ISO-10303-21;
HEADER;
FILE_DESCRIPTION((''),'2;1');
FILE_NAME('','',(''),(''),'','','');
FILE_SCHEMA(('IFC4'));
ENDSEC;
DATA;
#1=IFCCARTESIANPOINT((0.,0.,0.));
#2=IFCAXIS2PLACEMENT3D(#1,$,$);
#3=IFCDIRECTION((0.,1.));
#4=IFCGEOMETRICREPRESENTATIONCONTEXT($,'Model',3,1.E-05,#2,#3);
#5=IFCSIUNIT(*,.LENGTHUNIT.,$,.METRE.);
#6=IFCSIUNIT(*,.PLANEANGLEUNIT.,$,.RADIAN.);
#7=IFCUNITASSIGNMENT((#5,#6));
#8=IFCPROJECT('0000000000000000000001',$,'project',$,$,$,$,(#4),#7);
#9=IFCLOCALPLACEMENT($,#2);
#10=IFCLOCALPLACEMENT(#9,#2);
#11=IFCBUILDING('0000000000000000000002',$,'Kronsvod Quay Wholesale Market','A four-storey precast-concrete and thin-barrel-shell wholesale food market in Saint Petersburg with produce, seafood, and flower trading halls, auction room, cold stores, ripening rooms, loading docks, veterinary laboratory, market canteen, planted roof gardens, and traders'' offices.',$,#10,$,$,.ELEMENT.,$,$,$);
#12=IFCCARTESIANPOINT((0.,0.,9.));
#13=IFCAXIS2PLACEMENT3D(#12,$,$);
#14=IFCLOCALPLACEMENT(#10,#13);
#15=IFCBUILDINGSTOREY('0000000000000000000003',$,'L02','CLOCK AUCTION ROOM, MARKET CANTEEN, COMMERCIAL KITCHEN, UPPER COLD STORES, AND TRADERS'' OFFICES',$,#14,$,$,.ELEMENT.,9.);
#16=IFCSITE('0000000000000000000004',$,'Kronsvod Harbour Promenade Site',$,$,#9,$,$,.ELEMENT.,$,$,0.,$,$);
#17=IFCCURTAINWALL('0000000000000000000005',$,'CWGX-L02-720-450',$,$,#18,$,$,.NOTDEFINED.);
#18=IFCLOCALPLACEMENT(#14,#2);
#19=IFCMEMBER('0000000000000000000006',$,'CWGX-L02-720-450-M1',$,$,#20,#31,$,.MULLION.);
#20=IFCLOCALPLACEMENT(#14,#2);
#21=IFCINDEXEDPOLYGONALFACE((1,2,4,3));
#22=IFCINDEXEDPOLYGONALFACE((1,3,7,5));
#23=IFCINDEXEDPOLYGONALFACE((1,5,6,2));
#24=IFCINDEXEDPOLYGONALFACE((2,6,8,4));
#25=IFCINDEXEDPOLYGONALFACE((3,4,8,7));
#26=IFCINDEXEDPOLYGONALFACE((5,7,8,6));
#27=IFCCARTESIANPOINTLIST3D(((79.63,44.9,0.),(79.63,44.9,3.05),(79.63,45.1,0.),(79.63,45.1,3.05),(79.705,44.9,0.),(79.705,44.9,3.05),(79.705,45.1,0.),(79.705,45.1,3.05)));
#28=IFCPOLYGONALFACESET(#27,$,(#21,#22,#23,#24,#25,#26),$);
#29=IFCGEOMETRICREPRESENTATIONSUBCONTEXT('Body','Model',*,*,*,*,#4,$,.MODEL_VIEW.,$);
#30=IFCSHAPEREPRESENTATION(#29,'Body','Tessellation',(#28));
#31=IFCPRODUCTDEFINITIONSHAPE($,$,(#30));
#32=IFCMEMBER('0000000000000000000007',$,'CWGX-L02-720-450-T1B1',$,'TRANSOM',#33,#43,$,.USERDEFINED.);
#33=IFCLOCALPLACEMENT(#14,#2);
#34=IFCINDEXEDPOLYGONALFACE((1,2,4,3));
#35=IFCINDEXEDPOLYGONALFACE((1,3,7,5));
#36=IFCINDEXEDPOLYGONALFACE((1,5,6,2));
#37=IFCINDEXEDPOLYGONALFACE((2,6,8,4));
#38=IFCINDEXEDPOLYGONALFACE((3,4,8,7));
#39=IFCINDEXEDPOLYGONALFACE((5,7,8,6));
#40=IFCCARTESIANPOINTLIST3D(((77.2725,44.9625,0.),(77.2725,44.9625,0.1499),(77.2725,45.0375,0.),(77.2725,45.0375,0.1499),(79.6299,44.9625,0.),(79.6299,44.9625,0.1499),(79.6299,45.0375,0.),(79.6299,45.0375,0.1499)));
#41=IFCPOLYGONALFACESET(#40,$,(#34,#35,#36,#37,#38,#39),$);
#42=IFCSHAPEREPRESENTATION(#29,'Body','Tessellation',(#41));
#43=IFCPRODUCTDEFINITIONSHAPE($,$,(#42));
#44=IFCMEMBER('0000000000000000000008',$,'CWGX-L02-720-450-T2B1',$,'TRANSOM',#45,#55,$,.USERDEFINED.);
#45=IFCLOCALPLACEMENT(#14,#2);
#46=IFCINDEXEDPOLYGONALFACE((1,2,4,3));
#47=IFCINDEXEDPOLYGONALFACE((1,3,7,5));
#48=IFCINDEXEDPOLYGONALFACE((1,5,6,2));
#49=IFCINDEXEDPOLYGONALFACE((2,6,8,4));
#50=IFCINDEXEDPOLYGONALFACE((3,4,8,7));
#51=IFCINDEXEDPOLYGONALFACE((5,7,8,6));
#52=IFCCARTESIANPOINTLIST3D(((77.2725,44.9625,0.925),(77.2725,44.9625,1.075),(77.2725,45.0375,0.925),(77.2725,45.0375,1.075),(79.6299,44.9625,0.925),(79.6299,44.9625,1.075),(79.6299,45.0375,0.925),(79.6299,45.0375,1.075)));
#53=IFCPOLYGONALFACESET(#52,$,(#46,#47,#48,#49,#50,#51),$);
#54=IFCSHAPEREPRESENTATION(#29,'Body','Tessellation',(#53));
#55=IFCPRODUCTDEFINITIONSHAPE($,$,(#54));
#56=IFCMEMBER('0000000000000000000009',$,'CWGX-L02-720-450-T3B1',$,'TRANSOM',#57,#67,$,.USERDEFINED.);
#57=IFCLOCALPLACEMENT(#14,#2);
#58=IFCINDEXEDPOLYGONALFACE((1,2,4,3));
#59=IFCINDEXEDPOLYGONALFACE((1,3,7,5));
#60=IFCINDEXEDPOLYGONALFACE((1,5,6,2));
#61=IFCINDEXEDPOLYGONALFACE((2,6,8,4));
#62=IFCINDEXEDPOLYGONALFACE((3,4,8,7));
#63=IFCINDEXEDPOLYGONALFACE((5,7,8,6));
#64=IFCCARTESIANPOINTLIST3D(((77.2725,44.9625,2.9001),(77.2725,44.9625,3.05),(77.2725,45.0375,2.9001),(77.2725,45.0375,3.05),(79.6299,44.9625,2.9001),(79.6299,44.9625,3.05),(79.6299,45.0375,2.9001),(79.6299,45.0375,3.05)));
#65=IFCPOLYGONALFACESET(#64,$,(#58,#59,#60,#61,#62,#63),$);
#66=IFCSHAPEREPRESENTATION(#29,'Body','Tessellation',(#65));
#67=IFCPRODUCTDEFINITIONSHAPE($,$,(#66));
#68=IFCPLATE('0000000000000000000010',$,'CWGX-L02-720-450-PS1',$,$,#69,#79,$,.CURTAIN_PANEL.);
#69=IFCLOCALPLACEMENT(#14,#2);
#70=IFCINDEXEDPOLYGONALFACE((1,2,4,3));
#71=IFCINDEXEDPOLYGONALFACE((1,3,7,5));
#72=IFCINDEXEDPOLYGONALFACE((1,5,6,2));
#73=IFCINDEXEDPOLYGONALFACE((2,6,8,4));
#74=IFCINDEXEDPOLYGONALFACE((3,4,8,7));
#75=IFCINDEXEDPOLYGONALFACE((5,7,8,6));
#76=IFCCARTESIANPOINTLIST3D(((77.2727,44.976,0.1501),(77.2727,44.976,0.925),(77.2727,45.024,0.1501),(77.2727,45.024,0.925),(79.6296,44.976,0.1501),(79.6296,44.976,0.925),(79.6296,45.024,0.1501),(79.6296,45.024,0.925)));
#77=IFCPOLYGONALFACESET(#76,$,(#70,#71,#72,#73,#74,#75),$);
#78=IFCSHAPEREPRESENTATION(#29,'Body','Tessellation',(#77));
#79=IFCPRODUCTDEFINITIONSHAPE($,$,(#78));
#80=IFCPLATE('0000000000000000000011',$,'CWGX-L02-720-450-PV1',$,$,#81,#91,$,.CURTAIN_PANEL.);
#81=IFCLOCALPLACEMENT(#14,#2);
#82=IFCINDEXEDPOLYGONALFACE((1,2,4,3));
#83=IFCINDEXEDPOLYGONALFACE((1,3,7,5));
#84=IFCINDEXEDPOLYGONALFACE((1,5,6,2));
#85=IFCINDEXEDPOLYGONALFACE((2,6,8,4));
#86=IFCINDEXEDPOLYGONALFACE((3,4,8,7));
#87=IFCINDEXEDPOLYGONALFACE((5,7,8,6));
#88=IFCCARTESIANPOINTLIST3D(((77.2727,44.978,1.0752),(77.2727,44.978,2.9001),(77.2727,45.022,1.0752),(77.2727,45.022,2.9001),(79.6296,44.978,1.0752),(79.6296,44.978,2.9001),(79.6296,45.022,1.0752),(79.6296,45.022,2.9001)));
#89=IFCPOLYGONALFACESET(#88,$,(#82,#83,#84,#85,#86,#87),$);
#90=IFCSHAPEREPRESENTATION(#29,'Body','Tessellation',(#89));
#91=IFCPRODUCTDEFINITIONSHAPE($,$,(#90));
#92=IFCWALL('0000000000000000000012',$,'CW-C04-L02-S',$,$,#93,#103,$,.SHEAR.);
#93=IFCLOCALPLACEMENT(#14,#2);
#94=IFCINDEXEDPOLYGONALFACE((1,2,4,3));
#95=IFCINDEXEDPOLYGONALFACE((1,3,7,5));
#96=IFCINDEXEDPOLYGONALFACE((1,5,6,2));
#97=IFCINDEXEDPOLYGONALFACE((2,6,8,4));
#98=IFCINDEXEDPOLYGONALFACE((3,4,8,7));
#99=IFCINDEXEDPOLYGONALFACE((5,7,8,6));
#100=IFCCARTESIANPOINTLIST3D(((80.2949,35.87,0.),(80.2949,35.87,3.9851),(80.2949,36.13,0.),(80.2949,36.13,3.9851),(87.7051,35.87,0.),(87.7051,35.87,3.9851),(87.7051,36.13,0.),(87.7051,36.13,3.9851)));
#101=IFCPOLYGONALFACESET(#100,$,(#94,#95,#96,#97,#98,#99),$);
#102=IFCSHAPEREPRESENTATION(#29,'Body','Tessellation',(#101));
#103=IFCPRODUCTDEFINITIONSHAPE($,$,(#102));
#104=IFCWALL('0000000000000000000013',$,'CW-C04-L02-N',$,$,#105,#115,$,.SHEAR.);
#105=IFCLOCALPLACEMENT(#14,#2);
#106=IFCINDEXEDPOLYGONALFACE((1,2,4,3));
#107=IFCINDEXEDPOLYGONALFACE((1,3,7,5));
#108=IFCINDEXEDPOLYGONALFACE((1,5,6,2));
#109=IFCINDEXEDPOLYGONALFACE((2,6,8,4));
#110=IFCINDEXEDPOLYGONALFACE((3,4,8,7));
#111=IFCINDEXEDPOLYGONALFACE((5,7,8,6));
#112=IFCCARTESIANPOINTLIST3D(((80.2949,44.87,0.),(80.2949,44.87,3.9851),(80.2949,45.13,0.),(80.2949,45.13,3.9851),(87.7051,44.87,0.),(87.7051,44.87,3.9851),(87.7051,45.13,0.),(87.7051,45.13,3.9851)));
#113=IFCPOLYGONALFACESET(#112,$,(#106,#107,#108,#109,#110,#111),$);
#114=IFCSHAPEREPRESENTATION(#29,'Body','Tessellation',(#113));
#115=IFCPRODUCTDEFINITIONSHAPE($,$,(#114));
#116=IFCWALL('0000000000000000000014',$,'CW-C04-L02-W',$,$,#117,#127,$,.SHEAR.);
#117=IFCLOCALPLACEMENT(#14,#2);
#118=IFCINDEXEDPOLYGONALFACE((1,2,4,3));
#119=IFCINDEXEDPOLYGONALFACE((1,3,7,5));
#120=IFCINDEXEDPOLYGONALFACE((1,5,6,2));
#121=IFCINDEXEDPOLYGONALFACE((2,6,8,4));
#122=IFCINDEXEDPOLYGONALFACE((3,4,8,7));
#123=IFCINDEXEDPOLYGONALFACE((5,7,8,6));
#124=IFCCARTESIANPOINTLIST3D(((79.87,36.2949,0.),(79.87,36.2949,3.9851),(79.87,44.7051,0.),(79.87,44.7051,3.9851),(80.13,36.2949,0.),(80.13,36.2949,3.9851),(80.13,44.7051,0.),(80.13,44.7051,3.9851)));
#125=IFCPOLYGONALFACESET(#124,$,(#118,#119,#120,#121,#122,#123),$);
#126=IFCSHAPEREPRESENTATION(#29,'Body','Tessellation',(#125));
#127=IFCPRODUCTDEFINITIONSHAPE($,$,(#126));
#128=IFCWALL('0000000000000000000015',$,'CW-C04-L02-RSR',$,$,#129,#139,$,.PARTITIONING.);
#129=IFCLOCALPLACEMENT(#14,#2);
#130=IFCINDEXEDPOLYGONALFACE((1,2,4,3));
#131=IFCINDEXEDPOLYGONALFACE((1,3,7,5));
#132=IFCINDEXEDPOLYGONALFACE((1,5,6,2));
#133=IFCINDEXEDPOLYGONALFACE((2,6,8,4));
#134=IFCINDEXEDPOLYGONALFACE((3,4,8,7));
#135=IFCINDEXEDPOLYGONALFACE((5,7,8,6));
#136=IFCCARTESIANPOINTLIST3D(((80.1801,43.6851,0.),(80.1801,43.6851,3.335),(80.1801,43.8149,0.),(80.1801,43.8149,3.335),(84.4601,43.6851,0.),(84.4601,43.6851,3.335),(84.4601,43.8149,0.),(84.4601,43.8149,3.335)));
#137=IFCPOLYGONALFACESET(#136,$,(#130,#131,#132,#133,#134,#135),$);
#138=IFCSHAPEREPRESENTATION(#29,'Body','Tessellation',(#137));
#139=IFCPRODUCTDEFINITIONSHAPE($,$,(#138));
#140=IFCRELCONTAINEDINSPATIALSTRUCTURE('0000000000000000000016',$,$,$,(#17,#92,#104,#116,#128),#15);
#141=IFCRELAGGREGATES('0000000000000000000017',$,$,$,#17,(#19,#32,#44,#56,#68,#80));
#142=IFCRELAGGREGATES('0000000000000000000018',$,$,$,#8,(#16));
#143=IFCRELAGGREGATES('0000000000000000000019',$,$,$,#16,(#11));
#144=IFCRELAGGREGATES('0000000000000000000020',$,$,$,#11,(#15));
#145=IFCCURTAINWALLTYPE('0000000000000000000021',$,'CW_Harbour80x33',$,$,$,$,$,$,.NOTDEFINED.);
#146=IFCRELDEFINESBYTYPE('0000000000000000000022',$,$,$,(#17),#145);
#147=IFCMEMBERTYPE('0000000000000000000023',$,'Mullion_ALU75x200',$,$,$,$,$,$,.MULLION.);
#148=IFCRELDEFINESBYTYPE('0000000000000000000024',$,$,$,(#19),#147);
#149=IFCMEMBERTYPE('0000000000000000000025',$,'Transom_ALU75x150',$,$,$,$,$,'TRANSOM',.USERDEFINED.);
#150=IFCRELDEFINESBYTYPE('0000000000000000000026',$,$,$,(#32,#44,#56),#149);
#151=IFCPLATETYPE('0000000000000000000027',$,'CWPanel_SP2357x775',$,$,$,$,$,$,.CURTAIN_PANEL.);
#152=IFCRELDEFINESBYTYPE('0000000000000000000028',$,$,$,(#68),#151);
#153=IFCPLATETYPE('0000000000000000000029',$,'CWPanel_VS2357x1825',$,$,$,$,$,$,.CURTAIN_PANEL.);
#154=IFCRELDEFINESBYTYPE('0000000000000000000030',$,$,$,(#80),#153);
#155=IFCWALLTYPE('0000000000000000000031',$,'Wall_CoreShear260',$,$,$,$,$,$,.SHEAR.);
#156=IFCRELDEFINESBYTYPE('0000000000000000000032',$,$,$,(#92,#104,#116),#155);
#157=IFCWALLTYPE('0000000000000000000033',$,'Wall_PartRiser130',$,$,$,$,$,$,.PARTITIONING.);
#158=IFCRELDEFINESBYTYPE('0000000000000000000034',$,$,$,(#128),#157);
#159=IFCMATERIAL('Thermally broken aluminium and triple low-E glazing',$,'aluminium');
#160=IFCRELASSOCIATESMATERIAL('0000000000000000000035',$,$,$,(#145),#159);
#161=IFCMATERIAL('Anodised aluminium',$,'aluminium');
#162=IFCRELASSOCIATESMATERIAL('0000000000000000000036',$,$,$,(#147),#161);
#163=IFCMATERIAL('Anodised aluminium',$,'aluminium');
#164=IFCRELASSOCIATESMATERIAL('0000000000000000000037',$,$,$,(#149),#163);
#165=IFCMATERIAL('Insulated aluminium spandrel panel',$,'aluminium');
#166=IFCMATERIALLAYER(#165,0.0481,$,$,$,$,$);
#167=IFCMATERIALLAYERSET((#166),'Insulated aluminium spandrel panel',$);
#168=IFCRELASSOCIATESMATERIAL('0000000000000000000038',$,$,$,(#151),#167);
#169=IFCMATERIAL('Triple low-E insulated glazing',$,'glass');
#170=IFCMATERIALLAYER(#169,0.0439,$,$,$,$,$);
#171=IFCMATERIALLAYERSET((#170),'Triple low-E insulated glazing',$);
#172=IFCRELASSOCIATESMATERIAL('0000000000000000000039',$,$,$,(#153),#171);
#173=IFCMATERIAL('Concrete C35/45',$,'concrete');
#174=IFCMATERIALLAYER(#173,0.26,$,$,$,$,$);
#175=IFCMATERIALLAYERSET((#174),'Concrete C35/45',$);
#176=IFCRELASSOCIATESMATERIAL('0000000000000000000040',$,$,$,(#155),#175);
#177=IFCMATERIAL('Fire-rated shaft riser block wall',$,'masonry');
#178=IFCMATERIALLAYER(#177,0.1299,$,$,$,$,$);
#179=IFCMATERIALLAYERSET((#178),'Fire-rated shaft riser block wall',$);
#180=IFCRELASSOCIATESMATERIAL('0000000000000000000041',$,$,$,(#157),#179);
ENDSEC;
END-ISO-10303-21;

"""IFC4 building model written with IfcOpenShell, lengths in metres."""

from ifc_helpers import new_model, si_unit, direction, frame, frame_2d, origin, origin_2d, place, context, subcontext, project, spatial, rectangle, extrude, material, layer, layer_set, material_profile, profile_set, type_object, element, aggregate, save


model = new_model("IFC4")

# Units and contexts
model_context = context("Model", 3, precision=1e-05, world=origin(), true_north=direction((0.0, 1.0)))
body_context = subcontext(model_context, "Body", "Model", "MODEL_VIEW")
ifc_project = project(units=[si_unit("LENGTHUNIT", "METRE"), si_unit("PLANEANGLEUNIT", "RADIAN")], contexts=[model_context])

# Site, building, storey
site_placement = place(None, origin())
site = spatial("IfcSite", under=ifc_project, at=site_placement, Name="Kronsvod Harbour Promenade Site", CompositionType="ELEMENT", RefElevation=0.0)
building_placement = place(site_placement, origin())
building = spatial("IfcBuilding", under=site, at=building_placement, Name="Kronsvod Quay Wholesale Market", Description="A four-storey precast-concrete and thin-barrel-shell wholesale food market in Saint Petersburg with produce, seafood, and flower trading halls, auction room, cold stores, ripening rooms, loading docks, veterinary laboratory, market canteen, planted roof gardens, and traders' offices.", CompositionType="ELEMENT")
storey_placement = place(building_placement, frame((0.0, 0.0, 9.0)))
storey = spatial("IfcBuildingStorey", under=building, at=storey_placement, Name="L02", Description="CLOCK AUCTION ROOM, MARKET CANTEEN, COMMERCIAL KITCHEN, UPPER COLD STORES, AND TRADERS' OFFICES", CompositionType="ELEMENT", Elevation=9.0)

# Curtain wall, members, plates
ifc_material_1 = material(Name="Thermally broken aluminium and triple low-E glazing", Category="aluminium")
curtain_wall_type = type_object("IfcCurtainWallType", Name="CW_Harbour80x33", PredefinedType="NOTDEFINED", material=ifc_material_1)
curtain_wall_placement = place(storey_placement, origin())
curtain_wall = element("IfcCurtainWall", 1, at=curtain_wall_placement, inside=storey, type_object=curtain_wall_type, Name="CWGX-L02-720-450", PredefinedType="NOTDEFINED")
ifc_material_2 = material(Name="Anodised aluminium", Category="aluminium")
ifc_material_profile_1 = material_profile(ifc_material_2, rectangle(XDim=0.075, YDim=0.2, at=origin_2d()), Name="ALUM75x200")
ifc_profile_set_1 = profile_set([ifc_material_profile_1], Name="Anodised aluminium")
member_type_1 = type_object("IfcMemberType", Name="Mullion_ALU75x200", PredefinedType="MULLION", material=ifc_profile_set_1)
member_1_placement = place(storey_placement, frame((79.6675, 45.0, 0.0), z_axis=(0.0, 0.0, 1.0), x_axis=(1.0, 0.0, 0.0)))
member_1 = element("IfcMember", 2, at=member_1_placement, type_object=member_type_1, Name="CWGX-L02-720-450-M1", PredefinedType="MULLION", context=body_context, shape_type="SweptSolid", body=[
    extrude(rectangle(XDim=0.075, YDim=0.2, at=origin_2d()), origin(), (0.0, 0.0, 1.0), 3.05),
])
ifc_material_3 = material(Name="Anodised aluminium", Category="aluminium")
ifc_material_profile_2 = material_profile(ifc_material_3, rectangle(XDim=0.075, YDim=0.1499, at=origin_2d()), Name="ALUT75x150")
ifc_profile_set_2 = profile_set([ifc_material_profile_2], Name="Anodised aluminium")
member_type_2 = type_object("IfcMemberType", Name="Transom_ALU75x150", ElementType="TRANSOM", PredefinedType="USERDEFINED", material=ifc_profile_set_2)
member_2_placement = place(storey_placement, frame((79.6299, 45.0, 0.075), z_axis=(-1.0, 0.0, 0.0), x_axis=(0.0, -1.0, 0.0)))
member_2 = element("IfcMember", 3, at=member_2_placement, type_object=member_type_2, Name="CWGX-L02-720-450-T1B1", ObjectType="TRANSOM", PredefinedType="USERDEFINED", context=body_context, shape_type="SweptSolid", body=[
    extrude(rectangle(XDim=0.075, YDim=0.1499, at=origin_2d()), origin(), (0.0, 0.0, 1.0), 2.3574),
])
member_3_placement = place(storey_placement, frame((79.6299, 45.0, 1.0), z_axis=(-1.0, 0.0, 0.0), x_axis=(0.0, -1.0, 0.0)))
member_3 = element("IfcMember", 4, at=member_3_placement, type_object=member_type_2, Name="CWGX-L02-720-450-T2B1", ObjectType="TRANSOM", PredefinedType="USERDEFINED", context=body_context, shape_type="SweptSolid", body=[
    extrude(rectangle(XDim=0.075, YDim=0.1499, at=origin_2d()), origin(), (0.0, 0.0, 1.0), 2.3574),
])
member_4_placement = place(storey_placement, frame((79.6299, 45.0, 2.9751), z_axis=(-1.0, 0.0, 0.0), x_axis=(0.0, -1.0, 0.0)))
member_4 = element("IfcMember", 5, at=member_4_placement, type_object=member_type_2, Name="CWGX-L02-720-450-T3B1", ObjectType="TRANSOM", PredefinedType="USERDEFINED", context=body_context, shape_type="SweptSolid", body=[
    extrude(rectangle(XDim=0.075, YDim=0.1499, at=origin_2d()), origin(), (0.0, 0.0, 1.0), 2.3574),
])
ifc_material_4 = material(Name="Insulated aluminium spandrel panel", Category="aluminium")
ifc_layer_1 = layer(ifc_material_4, 0.0481)
ifc_layer_set_1 = layer_set([ifc_layer_1], Name="Insulated aluminium spandrel panel")
plate_type_1 = type_object("IfcPlateType", Name="CWPanel_SP2357x775", PredefinedType="CURTAIN_PANEL", material=ifc_layer_set_1)
plate_1_placement = place(storey_placement, frame((78.4512, 45.0, 0.1501), z_axis=(0.0, 0.0, 1.0), x_axis=(-1.0, 0.0, 0.0)))
plate_1 = element("IfcPlate", 6, at=plate_1_placement, type_object=plate_type_1, Name="CWGX-L02-720-450-PS1", PredefinedType="CURTAIN_PANEL", context=body_context, shape_type="SweptSolid", body=[
    extrude(rectangle(XDim=2.3569, YDim=0.0481, at=origin_2d()), origin(), (0.0, 0.0, 1.0), 0.7749),
])
ifc_material_5 = material(Name="Triple low-E insulated glazing", Category="glass")
ifc_layer_2 = layer(ifc_material_5, 0.0439)
ifc_layer_set_2 = layer_set([ifc_layer_2], Name="Triple low-E insulated glazing")
plate_type_2 = type_object("IfcPlateType", Name="CWPanel_VS2357x1825", PredefinedType="CURTAIN_PANEL", material=ifc_layer_set_2)
plate_2_placement = place(storey_placement, frame((78.4512, 45.0, 1.0752), z_axis=(0.0, 0.0, 1.0), x_axis=(-1.0, 0.0, 0.0)))
plate_2 = element("IfcPlate", 7, at=plate_2_placement, type_object=plate_type_2, Name="CWGX-L02-720-450-PV1", PredefinedType="CURTAIN_PANEL", context=body_context, shape_type="SweptSolid", body=[
    extrude(rectangle(XDim=2.3569, YDim=0.0439, at=origin_2d()), origin(), (0.0, 0.0, 1.0), 1.825),
])
aggregate(curtain_wall, [member_1, member_2, member_3, member_4, plate_1, plate_2])

# Walls
ifc_material_6 = material(Name="Concrete C35/45", Category="concrete")
ifc_layer_3 = layer(ifc_material_6, 0.26)
ifc_layer_set_3 = layer_set([ifc_layer_3], Name="Concrete C35/45")
wall_type_1 = type_object("IfcWallType", Name="Wall_CoreShear260", PredefinedType="SHEAR", material=ifc_layer_set_3)
for number, where, z_axis, x_axis, name in (
    (8, (80.2949, 36.0, 0.0), (0.0, 0.0, 1.0), (1.0, 0.0, 0.0), "CW-C04-L02-S"),
    (9, (80.2949, 45.0, 0.0), (0.0, 0.0, 1.0), (1.0, 0.0, 0.0), "CW-C04-L02-N"),
):
    element("IfcWall", number, at=place(storey_placement, frame(where, z_axis=z_axis, x_axis=x_axis)), inside=storey, type_object=wall_type_1, Name=name, PredefinedType="SHEAR", context=body_context, shape_type="SweptSolid", body=[
        extrude(rectangle(XDim=7.4102, YDim=0.26, at=frame_2d((3.7051, 0.0))), origin(), (0.0, 0.0, 1.0), 3.9851),
    ])
wall_1_placement = place(storey_placement, frame((80.0, 36.2949, 0.0), z_axis=(0.0, 0.0, 1.0), x_axis=(0.0, 1.0, 0.0)))
element("IfcWall", 10, at=wall_1_placement, inside=storey, type_object=wall_type_1, Name="CW-C04-L02-W", PredefinedType="SHEAR", context=body_context, shape_type="SweptSolid", body=[
    extrude(rectangle(XDim=8.4102, YDim=0.26, at=frame_2d((4.2051, 0.0))), origin(), (0.0, 0.0, 1.0), 3.9851),
])
ifc_material_7 = material(Name="Fire-rated shaft riser block wall", Category="masonry")
ifc_layer_4 = layer(ifc_material_7, 0.1299)
ifc_layer_set_4 = layer_set([ifc_layer_4], Name="Fire-rated shaft riser block wall")
wall_type_2 = type_object("IfcWallType", Name="Wall_PartRiser130", PredefinedType="PARTITIONING", material=ifc_layer_set_4)
wall_2_placement = place(storey_placement, frame((80.1799, 43.75, 0.0), z_axis=(0.0, 0.0, 1.0), x_axis=(1.0, 0.0, 0.0)))
element("IfcWall", 11, at=wall_2_placement, inside=storey, type_object=wall_type_2, Name="CW-C04-L02-RSR", PredefinedType="PARTITIONING", context=body_context, shape_type="SweptSolid", body=[
    extrude(rectangle(XDim=4.28, YDim=0.1299, at=frame_2d((2.1401, 0.0))), origin(), (0.0, 0.0, 1.0), 3.335),
])

save(model, "model.ifc")
